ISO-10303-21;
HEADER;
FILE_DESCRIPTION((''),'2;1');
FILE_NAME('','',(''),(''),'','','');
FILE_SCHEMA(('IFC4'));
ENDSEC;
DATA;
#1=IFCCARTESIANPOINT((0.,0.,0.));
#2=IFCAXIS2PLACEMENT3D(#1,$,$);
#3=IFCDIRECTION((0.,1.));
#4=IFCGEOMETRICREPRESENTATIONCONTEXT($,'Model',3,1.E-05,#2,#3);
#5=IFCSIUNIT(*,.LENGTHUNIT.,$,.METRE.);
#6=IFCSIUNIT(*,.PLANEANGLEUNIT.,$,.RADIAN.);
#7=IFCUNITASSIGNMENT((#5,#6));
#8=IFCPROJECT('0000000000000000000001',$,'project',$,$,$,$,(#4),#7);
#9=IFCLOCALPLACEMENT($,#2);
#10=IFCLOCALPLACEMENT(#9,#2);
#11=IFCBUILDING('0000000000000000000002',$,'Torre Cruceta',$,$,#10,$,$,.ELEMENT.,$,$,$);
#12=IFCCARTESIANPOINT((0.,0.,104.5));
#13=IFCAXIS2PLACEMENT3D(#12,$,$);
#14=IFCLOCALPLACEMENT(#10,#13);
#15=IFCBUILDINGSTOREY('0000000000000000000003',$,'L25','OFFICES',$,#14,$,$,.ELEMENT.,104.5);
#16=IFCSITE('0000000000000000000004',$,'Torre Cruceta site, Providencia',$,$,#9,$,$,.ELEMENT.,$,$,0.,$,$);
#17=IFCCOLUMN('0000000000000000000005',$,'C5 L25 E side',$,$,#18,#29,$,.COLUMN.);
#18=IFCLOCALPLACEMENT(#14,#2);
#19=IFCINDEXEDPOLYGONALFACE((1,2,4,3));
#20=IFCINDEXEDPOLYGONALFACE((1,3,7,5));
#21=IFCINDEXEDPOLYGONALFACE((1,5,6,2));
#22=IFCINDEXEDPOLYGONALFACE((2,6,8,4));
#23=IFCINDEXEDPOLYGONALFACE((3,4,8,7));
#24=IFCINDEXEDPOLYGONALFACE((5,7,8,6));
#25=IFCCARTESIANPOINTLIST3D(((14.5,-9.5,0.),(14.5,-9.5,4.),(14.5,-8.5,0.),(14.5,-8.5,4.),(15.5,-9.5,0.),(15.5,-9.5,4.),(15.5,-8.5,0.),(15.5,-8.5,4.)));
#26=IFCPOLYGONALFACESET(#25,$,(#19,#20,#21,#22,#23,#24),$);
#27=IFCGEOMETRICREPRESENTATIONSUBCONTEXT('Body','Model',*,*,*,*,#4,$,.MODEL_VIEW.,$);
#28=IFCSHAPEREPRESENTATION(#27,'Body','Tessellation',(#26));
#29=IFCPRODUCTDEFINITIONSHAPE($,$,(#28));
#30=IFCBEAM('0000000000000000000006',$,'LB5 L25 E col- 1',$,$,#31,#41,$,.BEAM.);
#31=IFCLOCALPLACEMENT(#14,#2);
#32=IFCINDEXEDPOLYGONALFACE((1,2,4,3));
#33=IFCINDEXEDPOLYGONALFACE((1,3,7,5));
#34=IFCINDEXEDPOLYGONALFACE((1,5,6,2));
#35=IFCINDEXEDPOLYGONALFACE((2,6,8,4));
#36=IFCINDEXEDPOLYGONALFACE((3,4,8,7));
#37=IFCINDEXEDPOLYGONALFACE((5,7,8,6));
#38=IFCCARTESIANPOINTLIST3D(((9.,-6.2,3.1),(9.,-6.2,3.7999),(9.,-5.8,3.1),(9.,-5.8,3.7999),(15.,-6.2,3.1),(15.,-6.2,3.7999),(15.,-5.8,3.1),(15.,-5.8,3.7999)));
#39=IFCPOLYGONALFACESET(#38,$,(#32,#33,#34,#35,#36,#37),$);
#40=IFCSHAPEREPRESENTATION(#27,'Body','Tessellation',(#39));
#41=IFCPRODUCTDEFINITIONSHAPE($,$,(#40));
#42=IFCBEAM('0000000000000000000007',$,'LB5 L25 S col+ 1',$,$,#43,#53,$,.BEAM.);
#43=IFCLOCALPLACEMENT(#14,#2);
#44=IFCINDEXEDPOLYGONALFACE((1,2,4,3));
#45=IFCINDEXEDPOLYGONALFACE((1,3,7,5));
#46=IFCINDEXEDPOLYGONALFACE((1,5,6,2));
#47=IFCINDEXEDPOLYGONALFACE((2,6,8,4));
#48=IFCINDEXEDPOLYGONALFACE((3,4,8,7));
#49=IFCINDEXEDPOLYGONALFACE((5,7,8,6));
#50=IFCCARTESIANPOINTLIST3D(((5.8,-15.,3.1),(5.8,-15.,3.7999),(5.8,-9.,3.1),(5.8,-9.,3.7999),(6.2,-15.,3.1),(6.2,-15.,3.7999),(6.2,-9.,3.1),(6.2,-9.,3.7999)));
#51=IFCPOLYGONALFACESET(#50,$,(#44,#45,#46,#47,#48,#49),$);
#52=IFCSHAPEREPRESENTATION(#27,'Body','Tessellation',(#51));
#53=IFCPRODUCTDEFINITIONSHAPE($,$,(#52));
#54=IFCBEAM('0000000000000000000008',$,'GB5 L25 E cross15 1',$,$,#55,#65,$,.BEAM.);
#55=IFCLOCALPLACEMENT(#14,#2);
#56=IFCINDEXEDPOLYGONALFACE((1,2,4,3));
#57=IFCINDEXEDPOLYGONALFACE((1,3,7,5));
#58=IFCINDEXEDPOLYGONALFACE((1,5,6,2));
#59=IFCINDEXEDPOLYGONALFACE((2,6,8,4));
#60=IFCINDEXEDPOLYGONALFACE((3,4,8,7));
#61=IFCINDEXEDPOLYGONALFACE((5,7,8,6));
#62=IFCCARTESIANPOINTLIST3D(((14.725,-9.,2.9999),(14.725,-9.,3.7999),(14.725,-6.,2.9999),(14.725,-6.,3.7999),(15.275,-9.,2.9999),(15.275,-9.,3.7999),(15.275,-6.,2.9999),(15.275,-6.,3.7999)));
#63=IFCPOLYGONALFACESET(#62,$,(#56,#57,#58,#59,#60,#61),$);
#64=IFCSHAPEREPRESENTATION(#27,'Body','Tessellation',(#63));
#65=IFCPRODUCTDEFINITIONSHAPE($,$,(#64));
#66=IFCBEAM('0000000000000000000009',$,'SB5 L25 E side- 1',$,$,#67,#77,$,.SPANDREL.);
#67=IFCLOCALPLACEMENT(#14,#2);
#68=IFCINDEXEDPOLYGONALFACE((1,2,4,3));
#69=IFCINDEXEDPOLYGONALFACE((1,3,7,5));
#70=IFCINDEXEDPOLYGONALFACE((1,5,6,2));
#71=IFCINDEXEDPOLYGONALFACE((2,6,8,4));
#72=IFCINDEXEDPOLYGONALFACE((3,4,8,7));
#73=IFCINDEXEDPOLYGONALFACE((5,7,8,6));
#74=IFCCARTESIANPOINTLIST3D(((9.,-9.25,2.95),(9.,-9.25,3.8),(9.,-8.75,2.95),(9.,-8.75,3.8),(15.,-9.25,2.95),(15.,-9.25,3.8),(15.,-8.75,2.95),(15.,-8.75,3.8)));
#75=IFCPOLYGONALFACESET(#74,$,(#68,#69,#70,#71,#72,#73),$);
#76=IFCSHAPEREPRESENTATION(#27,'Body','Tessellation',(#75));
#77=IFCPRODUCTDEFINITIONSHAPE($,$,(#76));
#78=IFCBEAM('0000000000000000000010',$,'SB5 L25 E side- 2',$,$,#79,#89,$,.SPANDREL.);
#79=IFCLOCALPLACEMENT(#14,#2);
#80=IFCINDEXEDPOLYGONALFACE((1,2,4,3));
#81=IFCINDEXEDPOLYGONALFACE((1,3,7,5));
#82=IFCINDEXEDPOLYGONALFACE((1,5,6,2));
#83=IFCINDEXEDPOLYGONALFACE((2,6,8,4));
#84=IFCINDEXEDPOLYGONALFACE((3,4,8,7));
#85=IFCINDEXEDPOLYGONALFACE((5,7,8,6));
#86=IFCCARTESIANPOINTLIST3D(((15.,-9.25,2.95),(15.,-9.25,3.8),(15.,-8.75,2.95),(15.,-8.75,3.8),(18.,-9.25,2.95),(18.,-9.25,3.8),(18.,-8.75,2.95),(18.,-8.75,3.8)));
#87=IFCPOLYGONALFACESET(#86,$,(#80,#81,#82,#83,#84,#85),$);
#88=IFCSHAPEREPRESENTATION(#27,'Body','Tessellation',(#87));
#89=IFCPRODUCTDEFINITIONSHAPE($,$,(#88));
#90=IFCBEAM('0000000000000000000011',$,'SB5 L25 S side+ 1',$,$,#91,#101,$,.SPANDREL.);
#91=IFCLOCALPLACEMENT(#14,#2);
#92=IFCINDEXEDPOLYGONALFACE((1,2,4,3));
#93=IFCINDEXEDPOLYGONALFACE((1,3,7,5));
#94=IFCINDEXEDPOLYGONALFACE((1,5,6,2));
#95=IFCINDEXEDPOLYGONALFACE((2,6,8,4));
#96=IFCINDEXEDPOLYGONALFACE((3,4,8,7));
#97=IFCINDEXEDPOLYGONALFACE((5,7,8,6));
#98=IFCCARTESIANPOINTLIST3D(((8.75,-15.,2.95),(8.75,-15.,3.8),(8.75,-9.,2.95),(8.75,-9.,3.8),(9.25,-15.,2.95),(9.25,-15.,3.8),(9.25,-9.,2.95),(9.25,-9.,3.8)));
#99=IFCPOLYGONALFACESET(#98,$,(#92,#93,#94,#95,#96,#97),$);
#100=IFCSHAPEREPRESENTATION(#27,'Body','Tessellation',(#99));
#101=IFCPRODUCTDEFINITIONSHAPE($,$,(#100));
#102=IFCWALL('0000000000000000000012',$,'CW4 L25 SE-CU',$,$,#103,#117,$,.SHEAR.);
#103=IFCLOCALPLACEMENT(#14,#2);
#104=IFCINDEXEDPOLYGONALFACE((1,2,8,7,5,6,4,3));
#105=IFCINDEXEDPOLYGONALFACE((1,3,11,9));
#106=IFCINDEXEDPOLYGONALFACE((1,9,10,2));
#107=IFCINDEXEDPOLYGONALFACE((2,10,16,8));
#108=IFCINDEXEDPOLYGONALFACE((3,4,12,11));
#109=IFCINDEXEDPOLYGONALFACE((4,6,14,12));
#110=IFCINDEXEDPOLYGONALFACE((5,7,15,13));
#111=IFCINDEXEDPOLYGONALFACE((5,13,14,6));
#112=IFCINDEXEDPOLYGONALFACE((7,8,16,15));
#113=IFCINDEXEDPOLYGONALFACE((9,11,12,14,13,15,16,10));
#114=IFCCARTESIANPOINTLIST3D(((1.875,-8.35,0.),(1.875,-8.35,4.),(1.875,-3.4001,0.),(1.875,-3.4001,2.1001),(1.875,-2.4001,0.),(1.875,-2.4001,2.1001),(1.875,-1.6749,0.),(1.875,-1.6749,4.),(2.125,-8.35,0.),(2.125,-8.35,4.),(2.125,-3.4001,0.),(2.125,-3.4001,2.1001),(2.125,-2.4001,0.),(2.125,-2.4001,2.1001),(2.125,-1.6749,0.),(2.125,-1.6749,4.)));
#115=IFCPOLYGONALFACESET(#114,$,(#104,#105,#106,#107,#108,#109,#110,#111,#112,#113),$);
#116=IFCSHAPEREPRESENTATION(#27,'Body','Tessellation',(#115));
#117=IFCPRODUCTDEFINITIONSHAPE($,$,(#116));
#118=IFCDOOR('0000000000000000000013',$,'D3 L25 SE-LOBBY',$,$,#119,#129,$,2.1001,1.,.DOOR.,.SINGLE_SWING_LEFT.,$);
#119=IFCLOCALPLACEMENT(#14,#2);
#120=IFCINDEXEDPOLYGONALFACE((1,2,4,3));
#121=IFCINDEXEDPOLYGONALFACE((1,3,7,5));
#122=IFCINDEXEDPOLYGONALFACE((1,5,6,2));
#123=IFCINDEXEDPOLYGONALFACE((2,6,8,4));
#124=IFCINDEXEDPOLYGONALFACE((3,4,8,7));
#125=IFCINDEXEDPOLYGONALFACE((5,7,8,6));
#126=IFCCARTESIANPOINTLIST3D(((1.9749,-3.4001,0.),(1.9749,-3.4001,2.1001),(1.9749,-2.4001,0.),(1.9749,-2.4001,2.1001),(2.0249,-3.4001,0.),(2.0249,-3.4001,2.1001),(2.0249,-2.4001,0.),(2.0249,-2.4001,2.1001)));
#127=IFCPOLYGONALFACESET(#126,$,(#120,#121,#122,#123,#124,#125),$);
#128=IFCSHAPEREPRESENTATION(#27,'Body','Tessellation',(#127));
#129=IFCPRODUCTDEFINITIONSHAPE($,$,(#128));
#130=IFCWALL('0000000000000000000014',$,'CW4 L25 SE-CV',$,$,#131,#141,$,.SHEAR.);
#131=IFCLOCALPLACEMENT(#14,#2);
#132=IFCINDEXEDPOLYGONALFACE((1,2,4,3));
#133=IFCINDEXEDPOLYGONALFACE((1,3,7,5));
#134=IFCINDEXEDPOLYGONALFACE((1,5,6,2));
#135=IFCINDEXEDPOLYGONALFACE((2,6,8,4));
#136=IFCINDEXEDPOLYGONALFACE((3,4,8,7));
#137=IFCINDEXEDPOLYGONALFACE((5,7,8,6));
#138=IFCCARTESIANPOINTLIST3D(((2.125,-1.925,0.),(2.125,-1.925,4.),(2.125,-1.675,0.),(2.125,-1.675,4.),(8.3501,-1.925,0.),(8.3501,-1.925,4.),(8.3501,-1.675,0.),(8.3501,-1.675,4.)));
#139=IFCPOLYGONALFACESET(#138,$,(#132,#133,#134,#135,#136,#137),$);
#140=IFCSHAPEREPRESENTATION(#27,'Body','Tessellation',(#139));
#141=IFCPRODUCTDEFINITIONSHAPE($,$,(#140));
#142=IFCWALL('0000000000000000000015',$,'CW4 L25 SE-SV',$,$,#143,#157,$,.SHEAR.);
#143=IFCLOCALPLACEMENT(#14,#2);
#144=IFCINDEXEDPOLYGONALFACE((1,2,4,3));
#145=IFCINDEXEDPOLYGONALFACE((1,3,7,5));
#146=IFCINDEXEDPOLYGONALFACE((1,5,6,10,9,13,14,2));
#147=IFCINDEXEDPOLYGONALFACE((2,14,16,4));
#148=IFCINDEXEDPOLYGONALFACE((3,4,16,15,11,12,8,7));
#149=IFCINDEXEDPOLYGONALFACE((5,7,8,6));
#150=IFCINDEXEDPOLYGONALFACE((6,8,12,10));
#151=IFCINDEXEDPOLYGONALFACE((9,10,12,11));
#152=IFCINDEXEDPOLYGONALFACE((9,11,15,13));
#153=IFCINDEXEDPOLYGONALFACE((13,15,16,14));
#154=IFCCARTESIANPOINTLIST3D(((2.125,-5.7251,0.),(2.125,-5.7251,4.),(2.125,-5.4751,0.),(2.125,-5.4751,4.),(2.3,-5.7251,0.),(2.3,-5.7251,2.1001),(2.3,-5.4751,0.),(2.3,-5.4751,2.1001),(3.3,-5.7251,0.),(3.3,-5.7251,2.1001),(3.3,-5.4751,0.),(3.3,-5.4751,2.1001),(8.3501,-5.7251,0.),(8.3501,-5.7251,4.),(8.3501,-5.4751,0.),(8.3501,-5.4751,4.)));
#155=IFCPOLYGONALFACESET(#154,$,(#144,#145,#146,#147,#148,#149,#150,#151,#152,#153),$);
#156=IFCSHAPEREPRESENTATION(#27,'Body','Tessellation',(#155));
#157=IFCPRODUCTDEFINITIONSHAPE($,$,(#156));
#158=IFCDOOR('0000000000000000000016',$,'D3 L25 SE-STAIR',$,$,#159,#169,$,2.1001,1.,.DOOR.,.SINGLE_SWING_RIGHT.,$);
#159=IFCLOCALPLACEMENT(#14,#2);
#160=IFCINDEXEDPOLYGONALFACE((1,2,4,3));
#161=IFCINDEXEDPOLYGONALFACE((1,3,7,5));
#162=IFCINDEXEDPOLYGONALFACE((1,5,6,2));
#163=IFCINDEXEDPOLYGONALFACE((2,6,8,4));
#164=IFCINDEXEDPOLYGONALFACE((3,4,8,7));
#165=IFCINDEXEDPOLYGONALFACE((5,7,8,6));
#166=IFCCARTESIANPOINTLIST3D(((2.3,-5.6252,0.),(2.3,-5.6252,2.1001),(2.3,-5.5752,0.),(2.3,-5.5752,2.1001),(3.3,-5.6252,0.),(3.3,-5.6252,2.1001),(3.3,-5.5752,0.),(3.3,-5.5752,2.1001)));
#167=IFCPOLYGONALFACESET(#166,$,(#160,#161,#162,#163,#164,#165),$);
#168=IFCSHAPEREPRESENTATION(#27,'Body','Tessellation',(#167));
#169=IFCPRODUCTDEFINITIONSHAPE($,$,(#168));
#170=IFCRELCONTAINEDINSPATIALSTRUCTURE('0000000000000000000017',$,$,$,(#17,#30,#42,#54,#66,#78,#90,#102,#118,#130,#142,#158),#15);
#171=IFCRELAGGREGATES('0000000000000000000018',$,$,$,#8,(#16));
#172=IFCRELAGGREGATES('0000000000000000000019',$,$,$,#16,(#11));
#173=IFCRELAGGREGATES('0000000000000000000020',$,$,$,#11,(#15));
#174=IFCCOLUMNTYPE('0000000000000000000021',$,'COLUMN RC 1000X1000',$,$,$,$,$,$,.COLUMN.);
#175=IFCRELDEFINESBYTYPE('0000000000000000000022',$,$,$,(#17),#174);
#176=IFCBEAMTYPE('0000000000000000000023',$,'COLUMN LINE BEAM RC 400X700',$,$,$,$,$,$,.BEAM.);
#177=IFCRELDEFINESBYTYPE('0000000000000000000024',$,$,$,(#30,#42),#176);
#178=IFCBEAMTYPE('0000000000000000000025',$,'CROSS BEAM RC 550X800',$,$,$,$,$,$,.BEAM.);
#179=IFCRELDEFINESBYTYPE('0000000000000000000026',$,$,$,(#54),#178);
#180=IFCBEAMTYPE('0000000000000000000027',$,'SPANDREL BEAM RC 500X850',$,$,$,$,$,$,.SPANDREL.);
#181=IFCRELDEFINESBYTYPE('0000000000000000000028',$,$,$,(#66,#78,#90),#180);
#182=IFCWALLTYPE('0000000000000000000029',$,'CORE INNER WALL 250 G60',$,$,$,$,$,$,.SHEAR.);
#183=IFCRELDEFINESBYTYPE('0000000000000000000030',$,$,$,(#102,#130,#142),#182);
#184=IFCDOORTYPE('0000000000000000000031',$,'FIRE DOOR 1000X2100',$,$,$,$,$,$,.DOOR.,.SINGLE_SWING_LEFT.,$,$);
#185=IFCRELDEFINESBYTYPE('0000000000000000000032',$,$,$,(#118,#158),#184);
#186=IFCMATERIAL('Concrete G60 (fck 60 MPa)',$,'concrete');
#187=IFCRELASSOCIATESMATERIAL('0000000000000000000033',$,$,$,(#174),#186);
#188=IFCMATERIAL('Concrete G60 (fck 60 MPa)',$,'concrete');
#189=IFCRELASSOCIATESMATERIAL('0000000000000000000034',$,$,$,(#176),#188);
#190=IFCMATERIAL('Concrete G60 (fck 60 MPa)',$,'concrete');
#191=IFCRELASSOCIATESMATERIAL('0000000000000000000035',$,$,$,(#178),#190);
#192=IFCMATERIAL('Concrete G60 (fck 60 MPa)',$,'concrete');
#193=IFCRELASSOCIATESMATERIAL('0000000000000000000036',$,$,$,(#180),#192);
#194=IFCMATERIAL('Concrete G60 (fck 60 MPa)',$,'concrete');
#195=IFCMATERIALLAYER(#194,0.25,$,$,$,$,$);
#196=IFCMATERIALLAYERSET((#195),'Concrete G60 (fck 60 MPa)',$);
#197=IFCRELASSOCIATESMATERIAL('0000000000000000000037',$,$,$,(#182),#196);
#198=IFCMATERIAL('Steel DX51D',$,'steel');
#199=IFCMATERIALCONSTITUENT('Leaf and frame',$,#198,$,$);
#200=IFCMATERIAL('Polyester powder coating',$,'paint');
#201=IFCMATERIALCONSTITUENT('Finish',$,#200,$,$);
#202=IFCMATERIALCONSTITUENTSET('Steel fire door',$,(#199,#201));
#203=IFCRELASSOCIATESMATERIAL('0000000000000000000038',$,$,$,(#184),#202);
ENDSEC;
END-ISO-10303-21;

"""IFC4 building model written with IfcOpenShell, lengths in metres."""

from ifc_helpers import new_model, si_unit, direction, frame, frame_2d, origin, origin_2d, place, context, subcontext, project, spatial, rectangle, extrude, material, layer, layer_set, constituent, constituent_set, material_profile, profile_set, type_object, element, fill, save


model = new_model("IFC4")

# Units and contexts
model_context = context("Model", 3, precision=1e-05, world=origin(), true_north=direction((0.0, 1.0)))
body_context = subcontext(model_context, "Body", "Model", "MODEL_VIEW")
ifc_project = project(units=[si_unit("LENGTHUNIT", "METRE"), si_unit("PLANEANGLEUNIT", "RADIAN")], contexts=[model_context])

# Site, building, storey
site_placement = place(None, origin())
site = spatial("IfcSite", under=ifc_project, at=site_placement, Name="Torre Cruceta site, Providencia", CompositionType="ELEMENT", RefElevation=0.0)
building_placement = place(site_placement, origin())
building = spatial("IfcBuilding", under=site, at=building_placement, Name="Torre Cruceta", CompositionType="ELEMENT")
storey_placement = place(building_placement, frame((0.0, 0.0, 104.5)))
storey = spatial("IfcBuildingStorey", under=building, at=storey_placement, Name="L25", Description="OFFICES", CompositionType="ELEMENT", Elevation=104.5)

# Column
ifc_material_1 = material(Name="Concrete G60 (fck 60 MPa)", Category="concrete")
ifc_material_profile_1 = material_profile(ifc_material_1, rectangle(XDim=1.0, YDim=1.0, at=origin_2d()), Name="RC 1000X1000")
ifc_profile_set_1 = profile_set([ifc_material_profile_1], Name="Concrete G60 (fck 60 MPa)")
column_type = type_object("IfcColumnType", Name="COLUMN RC 1000X1000", PredefinedType="COLUMN", material=ifc_profile_set_1)
column_placement = place(storey_placement, frame((15.0, -9.0, 0.0), z_axis=(0.0, 0.0, 1.0), x_axis=(1.0, 0.0, 0.0)))
element("IfcColumn", 1, at=column_placement, inside=storey, type_object=column_type, Name="C5 L25 E side", PredefinedType="COLUMN", context=body_context, shape_type="SweptSolid", body=[
    extrude(rectangle(XDim=1.0, YDim=1.0, at=origin_2d()), origin(), (0.0, 0.0, 1.0), 4.0),
])

# Beams
ifc_material_2 = material(Name="Concrete G60 (fck 60 MPa)", Category="concrete")
ifc_material_profile_2 = material_profile(ifc_material_2, rectangle(XDim=0.3999, YDim=0.7, at=origin_2d()), Name="RC 400X700")
ifc_profile_set_2 = profile_set([ifc_material_profile_2], Name="Concrete G60 (fck 60 MPa)")
beam_type_1 = type_object("IfcBeamType", Name="COLUMN LINE BEAM RC 400X700", PredefinedType="BEAM", material=ifc_profile_set_2)
for number, where, z_axis, x_axis, name in (
    (2, (9.0, -6.0, 3.45), (1.0, 0.0, 0.0), (0.0, 1.0, 0.0), "LB5 L25 E col- 1"),
    (3, (6.0, -9.0, 3.45), (0.0, -1.0, 0.0), (1.0, 0.0, 0.0), "LB5 L25 S col+ 1"),
):
    element("IfcBeam", number, at=place(storey_placement, frame(where, z_axis=z_axis, x_axis=x_axis)), inside=storey, type_object=beam_type_1, Name=name, PredefinedType="BEAM", context=body_context, shape_type="SweptSolid", body=[
        extrude(rectangle(XDim=0.3999, YDim=0.7, at=origin_2d()), origin(), (0.0, 0.0, 1.0), 6.0),
    ])
ifc_material_3 = material(Name="Concrete G60 (fck 60 MPa)", Category="concrete")
ifc_material_profile_3 = material_profile(ifc_material_3, rectangle(XDim=0.55, YDim=0.8, at=origin_2d()), Name="RC 550X800")
ifc_profile_set_3 = profile_set([ifc_material_profile_3], Name="Concrete G60 (fck 60 MPa)")
beam_type_2 = type_object("IfcBeamType", Name="CROSS BEAM RC 550X800", PredefinedType="BEAM", material=ifc_profile_set_3)
beam_1_placement = place(storey_placement, frame((15.0, -9.0, 3.3999), z_axis=(0.0, 1.0, 0.0), x_axis=(-1.0, 0.0, 0.0)))
element("IfcBeam", 4, at=beam_1_placement, inside=storey, type_object=beam_type_2, Name="GB5 L25 E cross15 1", PredefinedType="BEAM", context=body_context, shape_type="SweptSolid", body=[
    extrude(rectangle(XDim=0.55, YDim=0.8, at=origin_2d()), origin(), (0.0, 0.0, 1.0), 3.0),
])
ifc_material_4 = material(Name="Concrete G60 (fck 60 MPa)", Category="concrete")
ifc_material_profile_4 = material_profile(ifc_material_4, rectangle(XDim=0.5, YDim=0.8501, at=origin_2d()), Name="RC 500X850")
ifc_profile_set_4 = profile_set([ifc_material_profile_4], Name="Concrete G60 (fck 60 MPa)")
beam_type_3 = type_object("IfcBeamType", Name="SPANDREL BEAM RC 500X850", PredefinedType="SPANDREL", material=ifc_profile_set_4)
beam_2_placement = place(storey_placement, frame((9.0, -9.0, 3.375), z_axis=(1.0, 0.0, 0.0), x_axis=(0.0, 1.0, 0.0)))
element("IfcBeam", 5, at=beam_2_placement, inside=storey, type_object=beam_type_3, Name="SB5 L25 E side- 1", PredefinedType="SPANDREL", context=body_context, shape_type="SweptSolid", body=[
    extrude(rectangle(XDim=0.5, YDim=0.8501, at=origin_2d()), origin(), (0.0, 0.0, 1.0), 6.0),
])
beam_3_placement = place(storey_placement, frame((15.0, -9.0, 3.375), z_axis=(1.0, 0.0, 0.0), x_axis=(0.0, 1.0, 0.0)))
element("IfcBeam", 6, at=beam_3_placement, inside=storey, type_object=beam_type_3, Name="SB5 L25 E side- 2", PredefinedType="SPANDREL", context=body_context, shape_type="SweptSolid", body=[
    extrude(rectangle(XDim=0.5, YDim=0.8501, at=origin_2d()), origin(), (0.0, 0.0, 1.0), 3.0),
])
beam_4_placement = place(storey_placement, frame((9.0, -9.0, 3.375), z_axis=(0.0, -1.0, 0.0), x_axis=(1.0, 0.0, 0.0)))
element("IfcBeam", 7, at=beam_4_placement, inside=storey, type_object=beam_type_3, Name="SB5 L25 S side+ 1", PredefinedType="SPANDREL", context=body_context, shape_type="SweptSolid", body=[
    extrude(rectangle(XDim=0.5, YDim=0.8501, at=origin_2d()), origin(), (0.0, 0.0, 1.0), 6.0),
])

# Wall, opening, door
ifc_material_5 = material(Name="Concrete G60 (fck 60 MPa)", Category="concrete")
ifc_layer_1 = layer(ifc_material_5, 0.25)
ifc_layer_set_1 = layer_set([ifc_layer_1], Name="Concrete G60 (fck 60 MPa)")
wall_type_1 = type_object("IfcWallType", Name="CORE INNER WALL 250 G60", PredefinedType="SHEAR", material=ifc_layer_set_1)
wall_1_placement = place(storey_placement, frame((2.0, -1.675, 0.0), z_axis=(0.0, 0.0, 1.0), x_axis=(0.0, -1.0, 0.0)))
wall_1 = element("IfcWall", 8, at=wall_1_placement, inside=storey, type_object=wall_type_1, Name="CW4 L25 SE-CU", PredefinedType="SHEAR", context=body_context, shape_type="SweptSolid", body=[
    extrude(rectangle(XDim=6.675, YDim=0.25, at=frame_2d((3.3374, 0.0))), origin(), (0.0, 0.0, 1.0), 4.0),
])
opening_1_placement = place(wall_1_placement, frame((0.7251, 0.0, 0.0)))
opening_1 = element("IfcOpeningElement", 9, at=opening_1_placement, cuts=wall_1, PredefinedType="OPENING", context=body_context, shape_type="SweptSolid", body=[
    extrude(rectangle(XDim=1.0, YDim=2.1001, at=frame_2d((0.5, 1.05))), frame((0.0, 0.135, 0.0), z_axis=(0.0, -1.0, 0.0), x_axis=(1.0, 0.0, 0.0)), (0.0, 0.0, 1.0), 0.27),
])
ifc_material_6 = material(Name="Steel DX51D", Category="steel")
ifc_constituent_1 = constituent(ifc_material_6, Name="Leaf and frame")
ifc_material_7 = material(Name="Polyester powder coating", Category="paint")
ifc_constituent_2 = constituent(ifc_material_7, Name="Finish")
ifc_constituent_set_1 = constituent_set(constituents=[ifc_constituent_1, ifc_constituent_2], Name="Steel fire door")
door_type_1 = type_object("IfcDoorType", Name="FIRE DOOR 1000X2100", OperationType="SINGLE_SWING_LEFT", PredefinedType="DOOR", material=ifc_constituent_set_1)
door_1_placement = place(opening_1_placement, origin())
door_1 = element("IfcDoor", 10, at=door_1_placement, inside=storey, type_object=door_type_1, Name="D3 L25 SE-LOBBY", OperationType="SINGLE_SWING_LEFT", OverallHeight=2.1001, OverallWidth=1.0, PredefinedType="DOOR", context=body_context, shape_type="SweptSolid", body=[
    extrude(rectangle(XDim=1.0, YDim=2.1001, at=frame_2d((0.5, 1.05))), frame((0.0, 0.0249, 0.0), z_axis=(0.0, -1.0, 0.0), x_axis=(1.0, 0.0, 0.0)), (0.0, 0.0, 1.0), 0.05),
])
fill(opening_1, door_1)

# Wall
wall_2_placement = place(storey_placement, frame((2.125, -1.8, 0.0), z_axis=(0.0, 0.0, 1.0), x_axis=(1.0, 0.0, 0.0)))
element("IfcWall", 11, at=wall_2_placement, inside=storey, type_object=wall_type_1, Name="CW4 L25 SE-CV", PredefinedType="SHEAR", context=body_context, shape_type="SweptSolid", body=[
    extrude(rectangle(XDim=6.2251, YDim=0.25, at=frame_2d((3.1125, 0.0))), origin(), (0.0, 0.0, 1.0), 4.0),
])

# Wall, opening, door
wall_3_placement = place(storey_placement, frame((2.125, -5.6001, 0.0), z_axis=(0.0, 0.0, 1.0), x_axis=(1.0, 0.0, 0.0)))
wall_3 = element("IfcWall", 12, at=wall_3_placement, inside=storey, type_object=wall_type_1, Name="CW4 L25 SE-SV", PredefinedType="SHEAR", context=body_context, shape_type="SweptSolid", body=[
    extrude(rectangle(XDim=6.2251, YDim=0.25, at=frame_2d((3.1125, 0.0))), origin(), (0.0, 0.0, 1.0), 4.0),
])
opening_2_placement = place(wall_3_placement, frame((0.175, 0.0, 0.0)))
opening_2 = element("IfcOpeningElement", 13, at=opening_2_placement, cuts=wall_3, PredefinedType="OPENING", context=body_context, shape_type="SweptSolid", body=[
    extrude(rectangle(XDim=1.0, YDim=2.1001, at=frame_2d((0.5, 1.05))), frame((0.0, 0.135, 0.0), z_axis=(0.0, -1.0, 0.0), x_axis=(1.0, 0.0, 0.0)), (0.0, 0.0, 1.0), 0.27),
])
door_2_placement = place(opening_2_placement, frame((1.0, 0.0, 0.0), z_axis=(0.0, 0.0, 1.0), x_axis=(-1.0, 0.0, 0.0)))
door_2 = element("IfcDoor", 14, at=door_2_placement, inside=storey, type_object=door_type_1, Name="D3 L25 SE-STAIR", OperationType="SINGLE_SWING_RIGHT", OverallHeight=2.1001, OverallWidth=1.0, PredefinedType="DOOR", context=body_context, shape_type="SweptSolid", body=[
    extrude(rectangle(XDim=1.0, YDim=2.1001, at=frame_2d((0.5, 1.05))), frame((0.0, 0.0251, 0.0), z_axis=(0.0, -1.0, 0.0), x_axis=(1.0, 0.0, 0.0)), (0.0, 0.0, 1.0), 0.05),
])
fill(opening_2, door_2)

save(model, "model.ifc")
